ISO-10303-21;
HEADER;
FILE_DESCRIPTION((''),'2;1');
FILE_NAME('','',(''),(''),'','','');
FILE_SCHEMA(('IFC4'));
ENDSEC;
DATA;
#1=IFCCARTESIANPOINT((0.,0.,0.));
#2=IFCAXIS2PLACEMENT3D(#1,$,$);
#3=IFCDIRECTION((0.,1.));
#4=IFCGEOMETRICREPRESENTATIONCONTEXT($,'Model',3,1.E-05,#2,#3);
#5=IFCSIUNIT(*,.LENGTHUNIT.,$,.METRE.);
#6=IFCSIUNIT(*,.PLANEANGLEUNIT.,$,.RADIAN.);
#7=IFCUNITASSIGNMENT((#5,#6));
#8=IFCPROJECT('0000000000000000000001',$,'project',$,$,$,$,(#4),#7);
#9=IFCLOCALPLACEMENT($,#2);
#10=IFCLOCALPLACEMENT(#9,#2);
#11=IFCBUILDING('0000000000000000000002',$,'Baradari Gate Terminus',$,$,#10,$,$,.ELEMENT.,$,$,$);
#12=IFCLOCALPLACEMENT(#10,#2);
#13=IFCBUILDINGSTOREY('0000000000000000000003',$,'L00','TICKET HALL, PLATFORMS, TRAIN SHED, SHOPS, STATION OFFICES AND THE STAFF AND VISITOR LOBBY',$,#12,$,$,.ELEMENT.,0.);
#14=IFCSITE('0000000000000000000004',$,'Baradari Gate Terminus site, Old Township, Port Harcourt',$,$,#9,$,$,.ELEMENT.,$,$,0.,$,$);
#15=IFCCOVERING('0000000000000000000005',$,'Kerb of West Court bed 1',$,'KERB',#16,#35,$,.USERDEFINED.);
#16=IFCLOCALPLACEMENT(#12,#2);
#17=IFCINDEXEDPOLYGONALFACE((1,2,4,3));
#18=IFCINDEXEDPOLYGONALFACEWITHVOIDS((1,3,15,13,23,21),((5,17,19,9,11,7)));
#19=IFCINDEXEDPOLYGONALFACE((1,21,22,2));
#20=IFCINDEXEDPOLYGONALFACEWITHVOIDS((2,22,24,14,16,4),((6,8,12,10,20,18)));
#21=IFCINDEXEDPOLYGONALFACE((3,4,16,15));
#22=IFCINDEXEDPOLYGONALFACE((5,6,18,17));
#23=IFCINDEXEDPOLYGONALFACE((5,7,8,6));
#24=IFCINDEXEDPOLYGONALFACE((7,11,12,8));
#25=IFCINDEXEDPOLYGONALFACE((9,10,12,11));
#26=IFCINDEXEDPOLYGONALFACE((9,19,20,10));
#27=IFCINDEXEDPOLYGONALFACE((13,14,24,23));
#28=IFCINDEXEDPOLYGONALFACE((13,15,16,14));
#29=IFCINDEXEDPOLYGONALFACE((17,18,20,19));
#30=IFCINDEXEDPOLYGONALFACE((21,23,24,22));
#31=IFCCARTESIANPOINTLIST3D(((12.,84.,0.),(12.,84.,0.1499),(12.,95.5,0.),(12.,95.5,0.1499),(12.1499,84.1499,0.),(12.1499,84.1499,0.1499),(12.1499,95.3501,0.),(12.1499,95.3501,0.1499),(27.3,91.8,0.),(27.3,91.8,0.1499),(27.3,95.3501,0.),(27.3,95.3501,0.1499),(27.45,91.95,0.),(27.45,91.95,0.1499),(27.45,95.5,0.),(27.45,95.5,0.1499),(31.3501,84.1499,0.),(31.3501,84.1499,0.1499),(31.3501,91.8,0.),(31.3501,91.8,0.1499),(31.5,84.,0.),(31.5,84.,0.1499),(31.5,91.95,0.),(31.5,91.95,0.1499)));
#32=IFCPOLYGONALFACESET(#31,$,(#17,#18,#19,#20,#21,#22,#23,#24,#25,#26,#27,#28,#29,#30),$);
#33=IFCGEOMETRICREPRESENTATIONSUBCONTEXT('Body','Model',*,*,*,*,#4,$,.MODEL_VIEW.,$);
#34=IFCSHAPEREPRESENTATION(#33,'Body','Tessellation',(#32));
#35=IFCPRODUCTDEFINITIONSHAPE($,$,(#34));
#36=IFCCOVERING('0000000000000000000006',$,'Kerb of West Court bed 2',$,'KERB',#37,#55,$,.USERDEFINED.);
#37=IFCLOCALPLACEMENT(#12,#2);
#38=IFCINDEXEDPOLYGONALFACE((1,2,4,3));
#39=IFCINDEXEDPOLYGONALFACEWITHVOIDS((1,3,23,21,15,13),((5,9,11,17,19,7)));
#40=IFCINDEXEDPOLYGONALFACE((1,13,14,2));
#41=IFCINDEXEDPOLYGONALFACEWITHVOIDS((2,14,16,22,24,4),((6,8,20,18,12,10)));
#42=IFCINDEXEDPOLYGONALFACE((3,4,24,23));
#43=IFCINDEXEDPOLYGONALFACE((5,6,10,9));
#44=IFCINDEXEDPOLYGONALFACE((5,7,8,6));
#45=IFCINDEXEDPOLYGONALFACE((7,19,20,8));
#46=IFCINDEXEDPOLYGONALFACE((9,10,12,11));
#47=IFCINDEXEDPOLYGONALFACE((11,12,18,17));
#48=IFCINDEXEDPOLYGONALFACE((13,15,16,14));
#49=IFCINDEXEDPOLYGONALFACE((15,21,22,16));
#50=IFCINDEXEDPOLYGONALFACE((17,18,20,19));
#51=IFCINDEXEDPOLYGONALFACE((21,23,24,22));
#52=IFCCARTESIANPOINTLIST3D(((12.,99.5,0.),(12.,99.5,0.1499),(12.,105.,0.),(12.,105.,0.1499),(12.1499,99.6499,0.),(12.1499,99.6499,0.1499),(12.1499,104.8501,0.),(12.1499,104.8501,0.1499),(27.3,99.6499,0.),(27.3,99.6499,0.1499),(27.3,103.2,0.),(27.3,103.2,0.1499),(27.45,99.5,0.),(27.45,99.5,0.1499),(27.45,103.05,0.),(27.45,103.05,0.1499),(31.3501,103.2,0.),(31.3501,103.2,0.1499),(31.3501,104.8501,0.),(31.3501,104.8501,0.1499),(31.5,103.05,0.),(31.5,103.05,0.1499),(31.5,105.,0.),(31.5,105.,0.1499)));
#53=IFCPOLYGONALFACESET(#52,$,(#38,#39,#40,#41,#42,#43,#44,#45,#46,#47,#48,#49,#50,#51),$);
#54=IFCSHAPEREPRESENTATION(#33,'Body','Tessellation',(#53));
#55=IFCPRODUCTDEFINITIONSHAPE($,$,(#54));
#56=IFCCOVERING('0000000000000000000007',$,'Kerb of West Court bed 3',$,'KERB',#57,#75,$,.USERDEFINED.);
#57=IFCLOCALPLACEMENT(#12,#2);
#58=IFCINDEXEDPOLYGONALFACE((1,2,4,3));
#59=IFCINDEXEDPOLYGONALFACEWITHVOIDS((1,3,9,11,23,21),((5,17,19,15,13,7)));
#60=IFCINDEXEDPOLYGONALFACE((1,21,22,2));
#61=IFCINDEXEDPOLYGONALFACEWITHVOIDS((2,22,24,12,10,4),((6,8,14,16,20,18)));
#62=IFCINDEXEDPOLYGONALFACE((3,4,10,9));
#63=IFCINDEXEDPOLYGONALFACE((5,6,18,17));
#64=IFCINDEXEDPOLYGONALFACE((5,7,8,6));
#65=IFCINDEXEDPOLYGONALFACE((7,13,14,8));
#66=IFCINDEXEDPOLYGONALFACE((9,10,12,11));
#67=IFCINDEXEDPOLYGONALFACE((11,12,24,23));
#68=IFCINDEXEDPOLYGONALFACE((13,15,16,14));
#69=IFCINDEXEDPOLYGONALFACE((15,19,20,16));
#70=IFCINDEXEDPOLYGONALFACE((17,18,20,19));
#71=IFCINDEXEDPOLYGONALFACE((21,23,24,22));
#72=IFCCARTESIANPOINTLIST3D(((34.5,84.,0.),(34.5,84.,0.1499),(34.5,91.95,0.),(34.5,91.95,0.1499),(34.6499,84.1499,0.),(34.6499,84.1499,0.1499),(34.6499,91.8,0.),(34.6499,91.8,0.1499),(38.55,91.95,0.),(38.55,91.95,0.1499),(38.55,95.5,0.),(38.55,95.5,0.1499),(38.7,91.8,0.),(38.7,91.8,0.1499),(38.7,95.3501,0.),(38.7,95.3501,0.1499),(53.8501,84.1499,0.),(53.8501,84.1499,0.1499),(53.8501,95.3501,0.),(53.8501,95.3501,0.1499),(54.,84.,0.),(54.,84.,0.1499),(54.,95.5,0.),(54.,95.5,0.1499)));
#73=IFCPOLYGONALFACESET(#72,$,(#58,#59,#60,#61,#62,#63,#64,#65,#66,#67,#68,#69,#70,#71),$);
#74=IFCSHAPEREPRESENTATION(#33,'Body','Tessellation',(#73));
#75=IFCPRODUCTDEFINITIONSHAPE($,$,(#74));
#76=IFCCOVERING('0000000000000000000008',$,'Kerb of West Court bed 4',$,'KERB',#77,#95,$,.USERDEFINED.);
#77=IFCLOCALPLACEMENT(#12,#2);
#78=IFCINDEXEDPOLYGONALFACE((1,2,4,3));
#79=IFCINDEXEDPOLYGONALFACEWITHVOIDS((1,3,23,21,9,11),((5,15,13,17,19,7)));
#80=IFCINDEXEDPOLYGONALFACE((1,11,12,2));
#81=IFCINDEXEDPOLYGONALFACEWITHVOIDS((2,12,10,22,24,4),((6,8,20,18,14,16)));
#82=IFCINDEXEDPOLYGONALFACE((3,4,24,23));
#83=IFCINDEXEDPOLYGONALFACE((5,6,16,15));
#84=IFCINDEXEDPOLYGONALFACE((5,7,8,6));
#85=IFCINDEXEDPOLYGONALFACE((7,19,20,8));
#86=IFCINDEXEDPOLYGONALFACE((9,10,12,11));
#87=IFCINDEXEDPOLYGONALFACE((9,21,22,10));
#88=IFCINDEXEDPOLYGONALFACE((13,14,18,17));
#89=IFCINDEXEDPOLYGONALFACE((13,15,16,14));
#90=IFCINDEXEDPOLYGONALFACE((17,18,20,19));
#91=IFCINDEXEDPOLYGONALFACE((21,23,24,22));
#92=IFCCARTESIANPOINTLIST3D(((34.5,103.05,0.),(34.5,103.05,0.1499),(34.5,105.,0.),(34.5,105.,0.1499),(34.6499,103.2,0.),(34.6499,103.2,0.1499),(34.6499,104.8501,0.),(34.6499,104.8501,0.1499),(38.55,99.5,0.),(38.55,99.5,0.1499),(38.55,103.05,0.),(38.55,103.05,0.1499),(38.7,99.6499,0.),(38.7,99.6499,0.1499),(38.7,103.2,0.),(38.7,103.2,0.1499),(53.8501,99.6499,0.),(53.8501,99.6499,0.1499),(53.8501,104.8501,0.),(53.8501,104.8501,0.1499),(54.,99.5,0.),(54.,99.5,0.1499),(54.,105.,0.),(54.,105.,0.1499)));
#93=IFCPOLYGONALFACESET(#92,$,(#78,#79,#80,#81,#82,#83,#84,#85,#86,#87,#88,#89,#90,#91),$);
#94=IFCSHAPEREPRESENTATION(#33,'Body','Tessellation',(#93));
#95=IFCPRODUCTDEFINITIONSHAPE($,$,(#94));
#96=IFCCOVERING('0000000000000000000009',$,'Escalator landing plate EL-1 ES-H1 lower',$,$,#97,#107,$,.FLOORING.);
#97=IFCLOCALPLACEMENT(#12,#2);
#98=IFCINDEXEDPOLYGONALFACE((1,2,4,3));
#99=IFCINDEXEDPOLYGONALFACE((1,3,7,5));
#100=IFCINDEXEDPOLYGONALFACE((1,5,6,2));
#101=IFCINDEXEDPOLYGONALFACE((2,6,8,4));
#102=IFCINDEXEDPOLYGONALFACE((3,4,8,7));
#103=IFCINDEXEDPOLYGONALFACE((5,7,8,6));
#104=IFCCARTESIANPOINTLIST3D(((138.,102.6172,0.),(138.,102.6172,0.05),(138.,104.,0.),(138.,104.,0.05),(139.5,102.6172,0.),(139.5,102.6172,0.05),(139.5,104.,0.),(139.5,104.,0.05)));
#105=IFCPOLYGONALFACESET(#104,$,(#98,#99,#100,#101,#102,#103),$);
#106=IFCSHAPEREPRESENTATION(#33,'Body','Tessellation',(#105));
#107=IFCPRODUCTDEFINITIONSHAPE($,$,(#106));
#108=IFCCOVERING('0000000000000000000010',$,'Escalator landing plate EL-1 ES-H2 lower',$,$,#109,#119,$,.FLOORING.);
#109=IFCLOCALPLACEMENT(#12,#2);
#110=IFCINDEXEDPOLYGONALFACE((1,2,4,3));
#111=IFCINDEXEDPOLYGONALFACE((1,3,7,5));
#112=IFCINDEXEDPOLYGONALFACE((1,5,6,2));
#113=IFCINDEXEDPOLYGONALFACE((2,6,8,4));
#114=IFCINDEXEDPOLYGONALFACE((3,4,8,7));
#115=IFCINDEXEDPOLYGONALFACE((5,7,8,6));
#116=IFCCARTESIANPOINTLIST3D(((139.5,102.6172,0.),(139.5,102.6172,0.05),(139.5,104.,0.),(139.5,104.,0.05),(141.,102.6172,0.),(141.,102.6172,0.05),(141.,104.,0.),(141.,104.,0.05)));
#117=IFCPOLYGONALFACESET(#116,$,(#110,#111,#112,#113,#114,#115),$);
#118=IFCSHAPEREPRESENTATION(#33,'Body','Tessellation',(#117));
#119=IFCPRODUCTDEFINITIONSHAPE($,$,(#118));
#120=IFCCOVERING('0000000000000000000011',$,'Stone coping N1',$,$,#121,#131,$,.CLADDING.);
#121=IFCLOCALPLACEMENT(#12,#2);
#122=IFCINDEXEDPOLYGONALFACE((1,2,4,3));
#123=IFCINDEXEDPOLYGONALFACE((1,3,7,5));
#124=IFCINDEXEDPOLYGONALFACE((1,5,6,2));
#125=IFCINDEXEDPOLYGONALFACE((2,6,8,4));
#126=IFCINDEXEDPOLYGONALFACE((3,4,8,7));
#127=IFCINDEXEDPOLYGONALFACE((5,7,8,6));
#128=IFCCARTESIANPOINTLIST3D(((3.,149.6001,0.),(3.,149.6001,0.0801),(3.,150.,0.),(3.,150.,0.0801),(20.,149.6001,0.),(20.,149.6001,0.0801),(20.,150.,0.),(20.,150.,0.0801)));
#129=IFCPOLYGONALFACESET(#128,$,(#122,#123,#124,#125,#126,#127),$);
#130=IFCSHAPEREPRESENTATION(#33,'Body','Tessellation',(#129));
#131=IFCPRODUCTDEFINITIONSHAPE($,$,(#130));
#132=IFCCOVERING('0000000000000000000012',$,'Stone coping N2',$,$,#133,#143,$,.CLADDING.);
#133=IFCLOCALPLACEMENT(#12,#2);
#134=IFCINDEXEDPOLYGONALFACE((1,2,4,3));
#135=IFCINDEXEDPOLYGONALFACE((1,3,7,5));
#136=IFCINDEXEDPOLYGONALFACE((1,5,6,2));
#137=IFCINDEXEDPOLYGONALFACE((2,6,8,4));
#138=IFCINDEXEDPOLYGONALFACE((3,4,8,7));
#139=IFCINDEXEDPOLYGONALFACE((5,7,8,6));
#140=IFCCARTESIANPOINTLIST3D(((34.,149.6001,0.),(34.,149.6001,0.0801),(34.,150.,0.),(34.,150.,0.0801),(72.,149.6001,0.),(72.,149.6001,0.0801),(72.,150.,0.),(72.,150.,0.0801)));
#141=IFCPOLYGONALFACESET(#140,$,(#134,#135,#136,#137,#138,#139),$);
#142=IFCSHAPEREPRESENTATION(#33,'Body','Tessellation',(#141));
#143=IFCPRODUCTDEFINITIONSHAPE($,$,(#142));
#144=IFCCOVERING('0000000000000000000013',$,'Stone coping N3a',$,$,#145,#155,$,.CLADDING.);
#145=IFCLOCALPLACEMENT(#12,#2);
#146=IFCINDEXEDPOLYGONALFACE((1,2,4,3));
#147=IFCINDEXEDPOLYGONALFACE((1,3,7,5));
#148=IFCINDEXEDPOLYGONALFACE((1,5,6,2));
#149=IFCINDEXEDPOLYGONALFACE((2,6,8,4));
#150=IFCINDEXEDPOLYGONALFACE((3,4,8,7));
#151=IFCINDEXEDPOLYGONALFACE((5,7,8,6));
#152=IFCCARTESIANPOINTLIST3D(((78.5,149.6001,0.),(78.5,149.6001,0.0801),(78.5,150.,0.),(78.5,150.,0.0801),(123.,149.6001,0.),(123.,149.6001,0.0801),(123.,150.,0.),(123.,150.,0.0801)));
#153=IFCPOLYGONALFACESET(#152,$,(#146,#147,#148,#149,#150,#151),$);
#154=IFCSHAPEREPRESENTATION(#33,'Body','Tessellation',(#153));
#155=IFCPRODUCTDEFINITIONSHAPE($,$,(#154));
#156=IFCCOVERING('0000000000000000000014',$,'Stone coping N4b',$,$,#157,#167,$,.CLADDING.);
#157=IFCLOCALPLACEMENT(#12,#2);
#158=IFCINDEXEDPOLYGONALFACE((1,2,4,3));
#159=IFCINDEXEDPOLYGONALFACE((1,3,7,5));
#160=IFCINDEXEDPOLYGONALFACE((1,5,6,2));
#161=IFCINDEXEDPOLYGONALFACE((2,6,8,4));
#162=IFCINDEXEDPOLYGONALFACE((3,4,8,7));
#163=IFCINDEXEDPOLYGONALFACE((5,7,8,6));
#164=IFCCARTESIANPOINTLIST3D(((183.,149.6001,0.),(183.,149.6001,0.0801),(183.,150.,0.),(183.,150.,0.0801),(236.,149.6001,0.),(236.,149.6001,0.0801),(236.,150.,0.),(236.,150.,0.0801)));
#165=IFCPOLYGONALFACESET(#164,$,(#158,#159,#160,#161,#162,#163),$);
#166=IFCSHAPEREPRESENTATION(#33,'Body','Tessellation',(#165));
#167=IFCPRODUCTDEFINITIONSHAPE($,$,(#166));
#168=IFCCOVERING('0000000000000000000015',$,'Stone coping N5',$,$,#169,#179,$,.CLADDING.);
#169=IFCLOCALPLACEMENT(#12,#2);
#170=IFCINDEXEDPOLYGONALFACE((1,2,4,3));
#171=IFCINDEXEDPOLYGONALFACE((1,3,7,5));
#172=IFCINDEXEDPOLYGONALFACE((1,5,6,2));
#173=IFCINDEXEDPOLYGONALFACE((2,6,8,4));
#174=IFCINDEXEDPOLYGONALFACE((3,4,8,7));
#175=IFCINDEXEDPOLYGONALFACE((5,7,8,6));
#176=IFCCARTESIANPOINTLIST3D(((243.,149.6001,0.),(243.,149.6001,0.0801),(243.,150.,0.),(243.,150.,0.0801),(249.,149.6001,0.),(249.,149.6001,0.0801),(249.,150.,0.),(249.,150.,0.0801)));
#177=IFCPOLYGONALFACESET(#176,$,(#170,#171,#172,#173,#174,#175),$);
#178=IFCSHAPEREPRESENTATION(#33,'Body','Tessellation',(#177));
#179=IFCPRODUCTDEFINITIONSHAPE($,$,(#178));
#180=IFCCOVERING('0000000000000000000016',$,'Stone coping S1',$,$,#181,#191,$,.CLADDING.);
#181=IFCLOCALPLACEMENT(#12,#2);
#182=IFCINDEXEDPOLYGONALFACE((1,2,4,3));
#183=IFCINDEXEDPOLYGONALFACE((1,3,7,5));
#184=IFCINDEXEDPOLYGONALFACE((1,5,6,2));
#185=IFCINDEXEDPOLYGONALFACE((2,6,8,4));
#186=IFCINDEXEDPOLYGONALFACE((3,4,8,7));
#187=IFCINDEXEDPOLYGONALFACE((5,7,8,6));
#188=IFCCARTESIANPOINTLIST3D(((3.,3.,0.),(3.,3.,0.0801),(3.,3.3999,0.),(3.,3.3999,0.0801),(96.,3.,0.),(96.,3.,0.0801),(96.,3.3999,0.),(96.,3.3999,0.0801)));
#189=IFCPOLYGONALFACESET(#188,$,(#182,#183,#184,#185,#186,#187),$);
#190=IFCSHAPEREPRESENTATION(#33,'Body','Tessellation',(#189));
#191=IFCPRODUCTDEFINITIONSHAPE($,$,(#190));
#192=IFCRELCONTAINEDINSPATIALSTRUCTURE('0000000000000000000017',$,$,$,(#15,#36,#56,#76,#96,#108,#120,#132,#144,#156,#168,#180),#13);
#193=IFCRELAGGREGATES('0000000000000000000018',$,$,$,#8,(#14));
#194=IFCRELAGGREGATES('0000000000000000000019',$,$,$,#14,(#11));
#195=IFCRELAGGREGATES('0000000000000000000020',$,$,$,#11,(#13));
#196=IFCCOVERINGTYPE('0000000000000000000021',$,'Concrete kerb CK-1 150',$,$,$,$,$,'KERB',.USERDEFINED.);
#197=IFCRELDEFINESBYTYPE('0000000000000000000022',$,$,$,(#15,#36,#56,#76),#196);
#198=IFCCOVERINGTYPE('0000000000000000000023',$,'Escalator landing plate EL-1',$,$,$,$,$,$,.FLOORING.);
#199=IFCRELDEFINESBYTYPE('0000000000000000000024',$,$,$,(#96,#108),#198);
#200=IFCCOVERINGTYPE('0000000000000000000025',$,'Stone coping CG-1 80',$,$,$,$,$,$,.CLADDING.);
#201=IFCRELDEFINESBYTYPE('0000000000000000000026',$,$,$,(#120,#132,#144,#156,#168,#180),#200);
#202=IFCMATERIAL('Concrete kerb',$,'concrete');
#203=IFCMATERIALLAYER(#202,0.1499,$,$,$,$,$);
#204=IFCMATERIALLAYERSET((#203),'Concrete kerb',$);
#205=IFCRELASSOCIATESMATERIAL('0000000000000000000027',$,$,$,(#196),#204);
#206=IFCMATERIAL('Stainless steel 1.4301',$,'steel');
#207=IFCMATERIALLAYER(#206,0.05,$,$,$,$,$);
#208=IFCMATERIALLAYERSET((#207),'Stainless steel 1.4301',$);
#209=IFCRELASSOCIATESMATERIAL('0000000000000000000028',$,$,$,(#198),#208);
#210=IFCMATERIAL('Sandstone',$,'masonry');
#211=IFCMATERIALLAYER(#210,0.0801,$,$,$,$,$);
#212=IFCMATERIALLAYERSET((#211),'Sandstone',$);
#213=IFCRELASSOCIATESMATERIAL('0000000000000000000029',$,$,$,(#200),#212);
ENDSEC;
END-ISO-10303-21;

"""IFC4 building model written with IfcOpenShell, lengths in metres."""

from ifc_helpers import new_model, si_unit, direction, origin, place, context, subcontext, project, spatial, polyline, outline, extrude, material, layer, layer_set, type_object, element, save


model = new_model("IFC4")

# Units and contexts
model_context = context("Model", 3, precision=1e-05, world=origin(), true_north=direction((0.0, 1.0)))
body_context = subcontext(model_context, "Body", "Model", "MODEL_VIEW")
ifc_project = project(units=[si_unit("LENGTHUNIT", "METRE"), si_unit("PLANEANGLEUNIT", "RADIAN")], contexts=[model_context])

# Site, building, storey
site_placement = place(None, origin())
site = spatial("IfcSite", under=ifc_project, at=site_placement, Name="Baradari Gate Terminus site, Old Township, Port Harcourt", CompositionType="ELEMENT", RefElevation=0.0)
building_placement = place(site_placement, origin())
building = spatial("IfcBuilding", under=site, at=building_placement, Name="Baradari Gate Terminus", CompositionType="ELEMENT")
storey_placement = place(building_placement, origin())
storey = spatial("IfcBuildingStorey", under=building, at=storey_placement, Name="L00", Description="TICKET HALL, PLATFORMS, TRAIN SHED, SHOPS, STATION OFFICES AND THE STAFF AND VISITOR LOBBY", CompositionType="ELEMENT", Elevation=0.0)

# Coverings
ifc_material_1 = material(Name="Concrete kerb", Category="concrete")
ifc_layer_1 = layer(ifc_material_1, 0.1499)
ifc_layer_set_1 = layer_set([ifc_layer_1], Name="Concrete kerb")
covering_type_1 = type_object("IfcCoveringType", Name="Concrete kerb CK-1 150", ElementType="KERB", PredefinedType="USERDEFINED", material=ifc_layer_set_1)
covering_1_placement = place(storey_placement, origin())
element("IfcCovering", 1, at=covering_1_placement, inside=storey, type_object=covering_type_1, Name="Kerb of West Court bed 1", ObjectType="KERB", PredefinedType="USERDEFINED", context=body_context, shape_type="SweptSolid", body=[
    extrude(outline(polyline([(27.45, 95.5), (12.0, 95.5), (12.0, 84.0), (31.5, 84.0), (31.5, 91.95), (27.45, 91.95), (27.45, 95.5)]), holes=[polyline([(12.1499, 84.1499), (12.1499, 95.3501), (27.3, 95.3501), (27.3, 91.8), (31.3501, 91.8), (31.3501, 84.1499), (12.1499, 84.1499)])]), origin(), (0.0, 0.0, 1.0), 0.1499),
])
covering_2_placement = place(storey_placement, origin())
element("IfcCovering", 2, at=covering_2_placement, inside=storey, type_object=covering_type_1, Name="Kerb of West Court bed 2", ObjectType="KERB", PredefinedType="USERDEFINED", context=body_context, shape_type="SweptSolid", body=[
    extrude(outline(polyline([(31.5, 105.0), (12.0, 105.0), (12.0, 99.5), (27.45, 99.5), (27.45, 103.05), (31.5, 103.05), (31.5, 105.0)]), holes=[polyline([(12.1499, 99.6499), (12.1499, 104.8501), (31.3501, 104.8501), (31.3501, 103.2), (27.3, 103.2), (27.3, 99.6499), (12.1499, 99.6499)])]), origin(), (0.0, 0.0, 1.0), 0.1499),
])
covering_3_placement = place(storey_placement, origin())
element("IfcCovering", 3, at=covering_3_placement, inside=storey, type_object=covering_type_1, Name="Kerb of West Court bed 3", ObjectType="KERB", PredefinedType="USERDEFINED", context=body_context, shape_type="SweptSolid", body=[
    extrude(outline(polyline([(38.55, 91.95), (34.5, 91.95), (34.5, 84.0), (54.0, 84.0), (54.0, 95.5), (38.55, 95.5), (38.55, 91.95)]), holes=[polyline([(34.6499, 84.1499), (34.6499, 91.8), (38.7, 91.8), (38.7, 95.3501), (53.8501, 95.3501), (53.8501, 84.1499), (34.6499, 84.1499)])]), origin(), (0.0, 0.0, 1.0), 0.1499),
])
covering_4_placement = place(storey_placement, origin())
element("IfcCovering", 4, at=covering_4_placement, inside=storey, type_object=covering_type_1, Name="Kerb of West Court bed 4", ObjectType="KERB", PredefinedType="USERDEFINED", context=body_context, shape_type="SweptSolid", body=[
    extrude(outline(polyline([(54.0, 105.0), (34.5, 105.0), (34.5, 103.05), (38.55, 103.05), (38.55, 99.5), (54.0, 99.5), (54.0, 105.0)]), holes=[polyline([(34.6499, 103.2), (34.6499, 104.8501), (53.8501, 104.8501), (53.8501, 99.6499), (38.7, 99.6499), (38.7, 103.2), (34.6499, 103.2)])]), origin(), (0.0, 0.0, 1.0), 0.1499),
])
ifc_material_2 = material(Name="Stainless steel 1.4301", Category="steel")
ifc_layer_2 = layer(ifc_material_2, 0.05)
ifc_layer_set_2 = layer_set([ifc_layer_2], Name="Stainless steel 1.4301")
covering_type_2 = type_object("IfcCoveringType", Name="Escalator landing plate EL-1", PredefinedType="FLOORING", material=ifc_layer_set_2)
covering_5_placement = place(storey_placement, origin())
element("IfcCovering", 5, at=covering_5_placement, inside=storey, type_object=covering_type_2, Name="Escalator landing plate EL-1 ES-H1 lower", PredefinedType="FLOORING", context=body_context, shape_type="SweptSolid", body=[
    extrude(outline(polyline([(138.0, 102.6172), (139.5, 102.6172), (139.5, 104.0), (138.0, 104.0), (138.0, 102.6172)])), origin(), (0.0, 0.0, 1.0), 0.05),
])
covering_6_placement = place(storey_placement, origin())
element("IfcCovering", 6, at=covering_6_placement, inside=storey, type_object=covering_type_2, Name="Escalator landing plate EL-1 ES-H2 lower", PredefinedType="FLOORING", context=body_context, shape_type="SweptSolid", body=[
    extrude(outline(polyline([(139.5, 102.6172), (141.0, 102.6172), (141.0, 104.0), (139.5, 104.0), (139.5, 102.6172)])), origin(), (0.0, 0.0, 1.0), 0.05),
])
ifc_material_3 = material(Name="Sandstone", Category="masonry")
ifc_layer_3 = layer(ifc_material_3, 0.0801)
ifc_layer_set_3 = layer_set([ifc_layer_3], Name="Sandstone")
covering_type_3 = type_object("IfcCoveringType", Name="Stone coping CG-1 80", PredefinedType="CLADDING", material=ifc_layer_set_3)
covering_7_placement = place(storey_placement, origin())
element("IfcCovering", 7, at=covering_7_placement, inside=storey, type_object=covering_type_3, Name="Stone coping N1", PredefinedType="CLADDING", context=body_context, shape_type="SweptSolid", body=[
    extrude(outline(polyline([(20.0, 149.6001), (20.0, 150.0), (3.0, 150.0), (3.0, 149.6001), (20.0, 149.6001)])), origin(), (0.0, 0.0, 1.0), 0.0801),
])
covering_8_placement = place(storey_placement, origin())
element("IfcCovering", 8, at=covering_8_placement, inside=storey, type_object=covering_type_3, Name="Stone coping N2", PredefinedType="CLADDING", context=body_context, shape_type="SweptSolid", body=[
    extrude(outline(polyline([(72.0, 149.6001), (72.0, 150.0), (34.0, 150.0), (34.0, 149.6001), (72.0, 149.6001)])), origin(), (0.0, 0.0, 1.0), 0.0801),
])
covering_9_placement = place(storey_placement, origin())
element("IfcCovering", 9, at=covering_9_placement, inside=storey, type_object=covering_type_3, Name="Stone coping N3a", PredefinedType="CLADDING", context=body_context, shape_type="SweptSolid", body=[
    extrude(outline(polyline([(123.0, 149.6001), (123.0, 150.0), (78.5, 150.0), (78.5, 149.6001), (123.0, 149.6001)])), origin(), (0.0, 0.0, 1.0), 0.0801),
])
covering_10_placement = place(storey_placement, origin())
element("IfcCovering", 10, at=covering_10_placement, inside=storey, type_object=covering_type_3, Name="Stone coping N4b", PredefinedType="CLADDING", context=body_context, shape_type="SweptSolid", body=[
    extrude(outline(polyline([(236.0, 149.6001), (236.0, 150.0), (183.0, 150.0), (183.0, 149.6001), (236.0, 149.6001)])), origin(), (0.0, 0.0, 1.0), 0.0801),
])
covering_11_placement = place(storey_placement, origin())
element("IfcCovering", 11, at=covering_11_placement, inside=storey, type_object=covering_type_3, Name="Stone coping N5", PredefinedType="CLADDING", context=body_context, shape_type="SweptSolid", body=[
    extrude(outline(polyline([(249.0, 149.6001), (249.0, 150.0), (243.0, 150.0), (243.0, 149.6001), (249.0, 149.6001)])), origin(), (0.0, 0.0, 1.0), 0.0801),
])
covering_12_placement = place(storey_placement, origin())
element("IfcCovering", 12, at=covering_12_placement, inside=storey, type_object=covering_type_3, Name="Stone coping S1", PredefinedType="CLADDING", context=body_context, shape_type="SweptSolid", body=[
    extrude(outline(polyline([(96.0, 3.0), (96.0, 3.3999), (3.0, 3.3999), (3.0, 3.0), (96.0, 3.0)])), origin(), (0.0, 0.0, 1.0), 0.0801),
])

save(model, "model.ifc")
